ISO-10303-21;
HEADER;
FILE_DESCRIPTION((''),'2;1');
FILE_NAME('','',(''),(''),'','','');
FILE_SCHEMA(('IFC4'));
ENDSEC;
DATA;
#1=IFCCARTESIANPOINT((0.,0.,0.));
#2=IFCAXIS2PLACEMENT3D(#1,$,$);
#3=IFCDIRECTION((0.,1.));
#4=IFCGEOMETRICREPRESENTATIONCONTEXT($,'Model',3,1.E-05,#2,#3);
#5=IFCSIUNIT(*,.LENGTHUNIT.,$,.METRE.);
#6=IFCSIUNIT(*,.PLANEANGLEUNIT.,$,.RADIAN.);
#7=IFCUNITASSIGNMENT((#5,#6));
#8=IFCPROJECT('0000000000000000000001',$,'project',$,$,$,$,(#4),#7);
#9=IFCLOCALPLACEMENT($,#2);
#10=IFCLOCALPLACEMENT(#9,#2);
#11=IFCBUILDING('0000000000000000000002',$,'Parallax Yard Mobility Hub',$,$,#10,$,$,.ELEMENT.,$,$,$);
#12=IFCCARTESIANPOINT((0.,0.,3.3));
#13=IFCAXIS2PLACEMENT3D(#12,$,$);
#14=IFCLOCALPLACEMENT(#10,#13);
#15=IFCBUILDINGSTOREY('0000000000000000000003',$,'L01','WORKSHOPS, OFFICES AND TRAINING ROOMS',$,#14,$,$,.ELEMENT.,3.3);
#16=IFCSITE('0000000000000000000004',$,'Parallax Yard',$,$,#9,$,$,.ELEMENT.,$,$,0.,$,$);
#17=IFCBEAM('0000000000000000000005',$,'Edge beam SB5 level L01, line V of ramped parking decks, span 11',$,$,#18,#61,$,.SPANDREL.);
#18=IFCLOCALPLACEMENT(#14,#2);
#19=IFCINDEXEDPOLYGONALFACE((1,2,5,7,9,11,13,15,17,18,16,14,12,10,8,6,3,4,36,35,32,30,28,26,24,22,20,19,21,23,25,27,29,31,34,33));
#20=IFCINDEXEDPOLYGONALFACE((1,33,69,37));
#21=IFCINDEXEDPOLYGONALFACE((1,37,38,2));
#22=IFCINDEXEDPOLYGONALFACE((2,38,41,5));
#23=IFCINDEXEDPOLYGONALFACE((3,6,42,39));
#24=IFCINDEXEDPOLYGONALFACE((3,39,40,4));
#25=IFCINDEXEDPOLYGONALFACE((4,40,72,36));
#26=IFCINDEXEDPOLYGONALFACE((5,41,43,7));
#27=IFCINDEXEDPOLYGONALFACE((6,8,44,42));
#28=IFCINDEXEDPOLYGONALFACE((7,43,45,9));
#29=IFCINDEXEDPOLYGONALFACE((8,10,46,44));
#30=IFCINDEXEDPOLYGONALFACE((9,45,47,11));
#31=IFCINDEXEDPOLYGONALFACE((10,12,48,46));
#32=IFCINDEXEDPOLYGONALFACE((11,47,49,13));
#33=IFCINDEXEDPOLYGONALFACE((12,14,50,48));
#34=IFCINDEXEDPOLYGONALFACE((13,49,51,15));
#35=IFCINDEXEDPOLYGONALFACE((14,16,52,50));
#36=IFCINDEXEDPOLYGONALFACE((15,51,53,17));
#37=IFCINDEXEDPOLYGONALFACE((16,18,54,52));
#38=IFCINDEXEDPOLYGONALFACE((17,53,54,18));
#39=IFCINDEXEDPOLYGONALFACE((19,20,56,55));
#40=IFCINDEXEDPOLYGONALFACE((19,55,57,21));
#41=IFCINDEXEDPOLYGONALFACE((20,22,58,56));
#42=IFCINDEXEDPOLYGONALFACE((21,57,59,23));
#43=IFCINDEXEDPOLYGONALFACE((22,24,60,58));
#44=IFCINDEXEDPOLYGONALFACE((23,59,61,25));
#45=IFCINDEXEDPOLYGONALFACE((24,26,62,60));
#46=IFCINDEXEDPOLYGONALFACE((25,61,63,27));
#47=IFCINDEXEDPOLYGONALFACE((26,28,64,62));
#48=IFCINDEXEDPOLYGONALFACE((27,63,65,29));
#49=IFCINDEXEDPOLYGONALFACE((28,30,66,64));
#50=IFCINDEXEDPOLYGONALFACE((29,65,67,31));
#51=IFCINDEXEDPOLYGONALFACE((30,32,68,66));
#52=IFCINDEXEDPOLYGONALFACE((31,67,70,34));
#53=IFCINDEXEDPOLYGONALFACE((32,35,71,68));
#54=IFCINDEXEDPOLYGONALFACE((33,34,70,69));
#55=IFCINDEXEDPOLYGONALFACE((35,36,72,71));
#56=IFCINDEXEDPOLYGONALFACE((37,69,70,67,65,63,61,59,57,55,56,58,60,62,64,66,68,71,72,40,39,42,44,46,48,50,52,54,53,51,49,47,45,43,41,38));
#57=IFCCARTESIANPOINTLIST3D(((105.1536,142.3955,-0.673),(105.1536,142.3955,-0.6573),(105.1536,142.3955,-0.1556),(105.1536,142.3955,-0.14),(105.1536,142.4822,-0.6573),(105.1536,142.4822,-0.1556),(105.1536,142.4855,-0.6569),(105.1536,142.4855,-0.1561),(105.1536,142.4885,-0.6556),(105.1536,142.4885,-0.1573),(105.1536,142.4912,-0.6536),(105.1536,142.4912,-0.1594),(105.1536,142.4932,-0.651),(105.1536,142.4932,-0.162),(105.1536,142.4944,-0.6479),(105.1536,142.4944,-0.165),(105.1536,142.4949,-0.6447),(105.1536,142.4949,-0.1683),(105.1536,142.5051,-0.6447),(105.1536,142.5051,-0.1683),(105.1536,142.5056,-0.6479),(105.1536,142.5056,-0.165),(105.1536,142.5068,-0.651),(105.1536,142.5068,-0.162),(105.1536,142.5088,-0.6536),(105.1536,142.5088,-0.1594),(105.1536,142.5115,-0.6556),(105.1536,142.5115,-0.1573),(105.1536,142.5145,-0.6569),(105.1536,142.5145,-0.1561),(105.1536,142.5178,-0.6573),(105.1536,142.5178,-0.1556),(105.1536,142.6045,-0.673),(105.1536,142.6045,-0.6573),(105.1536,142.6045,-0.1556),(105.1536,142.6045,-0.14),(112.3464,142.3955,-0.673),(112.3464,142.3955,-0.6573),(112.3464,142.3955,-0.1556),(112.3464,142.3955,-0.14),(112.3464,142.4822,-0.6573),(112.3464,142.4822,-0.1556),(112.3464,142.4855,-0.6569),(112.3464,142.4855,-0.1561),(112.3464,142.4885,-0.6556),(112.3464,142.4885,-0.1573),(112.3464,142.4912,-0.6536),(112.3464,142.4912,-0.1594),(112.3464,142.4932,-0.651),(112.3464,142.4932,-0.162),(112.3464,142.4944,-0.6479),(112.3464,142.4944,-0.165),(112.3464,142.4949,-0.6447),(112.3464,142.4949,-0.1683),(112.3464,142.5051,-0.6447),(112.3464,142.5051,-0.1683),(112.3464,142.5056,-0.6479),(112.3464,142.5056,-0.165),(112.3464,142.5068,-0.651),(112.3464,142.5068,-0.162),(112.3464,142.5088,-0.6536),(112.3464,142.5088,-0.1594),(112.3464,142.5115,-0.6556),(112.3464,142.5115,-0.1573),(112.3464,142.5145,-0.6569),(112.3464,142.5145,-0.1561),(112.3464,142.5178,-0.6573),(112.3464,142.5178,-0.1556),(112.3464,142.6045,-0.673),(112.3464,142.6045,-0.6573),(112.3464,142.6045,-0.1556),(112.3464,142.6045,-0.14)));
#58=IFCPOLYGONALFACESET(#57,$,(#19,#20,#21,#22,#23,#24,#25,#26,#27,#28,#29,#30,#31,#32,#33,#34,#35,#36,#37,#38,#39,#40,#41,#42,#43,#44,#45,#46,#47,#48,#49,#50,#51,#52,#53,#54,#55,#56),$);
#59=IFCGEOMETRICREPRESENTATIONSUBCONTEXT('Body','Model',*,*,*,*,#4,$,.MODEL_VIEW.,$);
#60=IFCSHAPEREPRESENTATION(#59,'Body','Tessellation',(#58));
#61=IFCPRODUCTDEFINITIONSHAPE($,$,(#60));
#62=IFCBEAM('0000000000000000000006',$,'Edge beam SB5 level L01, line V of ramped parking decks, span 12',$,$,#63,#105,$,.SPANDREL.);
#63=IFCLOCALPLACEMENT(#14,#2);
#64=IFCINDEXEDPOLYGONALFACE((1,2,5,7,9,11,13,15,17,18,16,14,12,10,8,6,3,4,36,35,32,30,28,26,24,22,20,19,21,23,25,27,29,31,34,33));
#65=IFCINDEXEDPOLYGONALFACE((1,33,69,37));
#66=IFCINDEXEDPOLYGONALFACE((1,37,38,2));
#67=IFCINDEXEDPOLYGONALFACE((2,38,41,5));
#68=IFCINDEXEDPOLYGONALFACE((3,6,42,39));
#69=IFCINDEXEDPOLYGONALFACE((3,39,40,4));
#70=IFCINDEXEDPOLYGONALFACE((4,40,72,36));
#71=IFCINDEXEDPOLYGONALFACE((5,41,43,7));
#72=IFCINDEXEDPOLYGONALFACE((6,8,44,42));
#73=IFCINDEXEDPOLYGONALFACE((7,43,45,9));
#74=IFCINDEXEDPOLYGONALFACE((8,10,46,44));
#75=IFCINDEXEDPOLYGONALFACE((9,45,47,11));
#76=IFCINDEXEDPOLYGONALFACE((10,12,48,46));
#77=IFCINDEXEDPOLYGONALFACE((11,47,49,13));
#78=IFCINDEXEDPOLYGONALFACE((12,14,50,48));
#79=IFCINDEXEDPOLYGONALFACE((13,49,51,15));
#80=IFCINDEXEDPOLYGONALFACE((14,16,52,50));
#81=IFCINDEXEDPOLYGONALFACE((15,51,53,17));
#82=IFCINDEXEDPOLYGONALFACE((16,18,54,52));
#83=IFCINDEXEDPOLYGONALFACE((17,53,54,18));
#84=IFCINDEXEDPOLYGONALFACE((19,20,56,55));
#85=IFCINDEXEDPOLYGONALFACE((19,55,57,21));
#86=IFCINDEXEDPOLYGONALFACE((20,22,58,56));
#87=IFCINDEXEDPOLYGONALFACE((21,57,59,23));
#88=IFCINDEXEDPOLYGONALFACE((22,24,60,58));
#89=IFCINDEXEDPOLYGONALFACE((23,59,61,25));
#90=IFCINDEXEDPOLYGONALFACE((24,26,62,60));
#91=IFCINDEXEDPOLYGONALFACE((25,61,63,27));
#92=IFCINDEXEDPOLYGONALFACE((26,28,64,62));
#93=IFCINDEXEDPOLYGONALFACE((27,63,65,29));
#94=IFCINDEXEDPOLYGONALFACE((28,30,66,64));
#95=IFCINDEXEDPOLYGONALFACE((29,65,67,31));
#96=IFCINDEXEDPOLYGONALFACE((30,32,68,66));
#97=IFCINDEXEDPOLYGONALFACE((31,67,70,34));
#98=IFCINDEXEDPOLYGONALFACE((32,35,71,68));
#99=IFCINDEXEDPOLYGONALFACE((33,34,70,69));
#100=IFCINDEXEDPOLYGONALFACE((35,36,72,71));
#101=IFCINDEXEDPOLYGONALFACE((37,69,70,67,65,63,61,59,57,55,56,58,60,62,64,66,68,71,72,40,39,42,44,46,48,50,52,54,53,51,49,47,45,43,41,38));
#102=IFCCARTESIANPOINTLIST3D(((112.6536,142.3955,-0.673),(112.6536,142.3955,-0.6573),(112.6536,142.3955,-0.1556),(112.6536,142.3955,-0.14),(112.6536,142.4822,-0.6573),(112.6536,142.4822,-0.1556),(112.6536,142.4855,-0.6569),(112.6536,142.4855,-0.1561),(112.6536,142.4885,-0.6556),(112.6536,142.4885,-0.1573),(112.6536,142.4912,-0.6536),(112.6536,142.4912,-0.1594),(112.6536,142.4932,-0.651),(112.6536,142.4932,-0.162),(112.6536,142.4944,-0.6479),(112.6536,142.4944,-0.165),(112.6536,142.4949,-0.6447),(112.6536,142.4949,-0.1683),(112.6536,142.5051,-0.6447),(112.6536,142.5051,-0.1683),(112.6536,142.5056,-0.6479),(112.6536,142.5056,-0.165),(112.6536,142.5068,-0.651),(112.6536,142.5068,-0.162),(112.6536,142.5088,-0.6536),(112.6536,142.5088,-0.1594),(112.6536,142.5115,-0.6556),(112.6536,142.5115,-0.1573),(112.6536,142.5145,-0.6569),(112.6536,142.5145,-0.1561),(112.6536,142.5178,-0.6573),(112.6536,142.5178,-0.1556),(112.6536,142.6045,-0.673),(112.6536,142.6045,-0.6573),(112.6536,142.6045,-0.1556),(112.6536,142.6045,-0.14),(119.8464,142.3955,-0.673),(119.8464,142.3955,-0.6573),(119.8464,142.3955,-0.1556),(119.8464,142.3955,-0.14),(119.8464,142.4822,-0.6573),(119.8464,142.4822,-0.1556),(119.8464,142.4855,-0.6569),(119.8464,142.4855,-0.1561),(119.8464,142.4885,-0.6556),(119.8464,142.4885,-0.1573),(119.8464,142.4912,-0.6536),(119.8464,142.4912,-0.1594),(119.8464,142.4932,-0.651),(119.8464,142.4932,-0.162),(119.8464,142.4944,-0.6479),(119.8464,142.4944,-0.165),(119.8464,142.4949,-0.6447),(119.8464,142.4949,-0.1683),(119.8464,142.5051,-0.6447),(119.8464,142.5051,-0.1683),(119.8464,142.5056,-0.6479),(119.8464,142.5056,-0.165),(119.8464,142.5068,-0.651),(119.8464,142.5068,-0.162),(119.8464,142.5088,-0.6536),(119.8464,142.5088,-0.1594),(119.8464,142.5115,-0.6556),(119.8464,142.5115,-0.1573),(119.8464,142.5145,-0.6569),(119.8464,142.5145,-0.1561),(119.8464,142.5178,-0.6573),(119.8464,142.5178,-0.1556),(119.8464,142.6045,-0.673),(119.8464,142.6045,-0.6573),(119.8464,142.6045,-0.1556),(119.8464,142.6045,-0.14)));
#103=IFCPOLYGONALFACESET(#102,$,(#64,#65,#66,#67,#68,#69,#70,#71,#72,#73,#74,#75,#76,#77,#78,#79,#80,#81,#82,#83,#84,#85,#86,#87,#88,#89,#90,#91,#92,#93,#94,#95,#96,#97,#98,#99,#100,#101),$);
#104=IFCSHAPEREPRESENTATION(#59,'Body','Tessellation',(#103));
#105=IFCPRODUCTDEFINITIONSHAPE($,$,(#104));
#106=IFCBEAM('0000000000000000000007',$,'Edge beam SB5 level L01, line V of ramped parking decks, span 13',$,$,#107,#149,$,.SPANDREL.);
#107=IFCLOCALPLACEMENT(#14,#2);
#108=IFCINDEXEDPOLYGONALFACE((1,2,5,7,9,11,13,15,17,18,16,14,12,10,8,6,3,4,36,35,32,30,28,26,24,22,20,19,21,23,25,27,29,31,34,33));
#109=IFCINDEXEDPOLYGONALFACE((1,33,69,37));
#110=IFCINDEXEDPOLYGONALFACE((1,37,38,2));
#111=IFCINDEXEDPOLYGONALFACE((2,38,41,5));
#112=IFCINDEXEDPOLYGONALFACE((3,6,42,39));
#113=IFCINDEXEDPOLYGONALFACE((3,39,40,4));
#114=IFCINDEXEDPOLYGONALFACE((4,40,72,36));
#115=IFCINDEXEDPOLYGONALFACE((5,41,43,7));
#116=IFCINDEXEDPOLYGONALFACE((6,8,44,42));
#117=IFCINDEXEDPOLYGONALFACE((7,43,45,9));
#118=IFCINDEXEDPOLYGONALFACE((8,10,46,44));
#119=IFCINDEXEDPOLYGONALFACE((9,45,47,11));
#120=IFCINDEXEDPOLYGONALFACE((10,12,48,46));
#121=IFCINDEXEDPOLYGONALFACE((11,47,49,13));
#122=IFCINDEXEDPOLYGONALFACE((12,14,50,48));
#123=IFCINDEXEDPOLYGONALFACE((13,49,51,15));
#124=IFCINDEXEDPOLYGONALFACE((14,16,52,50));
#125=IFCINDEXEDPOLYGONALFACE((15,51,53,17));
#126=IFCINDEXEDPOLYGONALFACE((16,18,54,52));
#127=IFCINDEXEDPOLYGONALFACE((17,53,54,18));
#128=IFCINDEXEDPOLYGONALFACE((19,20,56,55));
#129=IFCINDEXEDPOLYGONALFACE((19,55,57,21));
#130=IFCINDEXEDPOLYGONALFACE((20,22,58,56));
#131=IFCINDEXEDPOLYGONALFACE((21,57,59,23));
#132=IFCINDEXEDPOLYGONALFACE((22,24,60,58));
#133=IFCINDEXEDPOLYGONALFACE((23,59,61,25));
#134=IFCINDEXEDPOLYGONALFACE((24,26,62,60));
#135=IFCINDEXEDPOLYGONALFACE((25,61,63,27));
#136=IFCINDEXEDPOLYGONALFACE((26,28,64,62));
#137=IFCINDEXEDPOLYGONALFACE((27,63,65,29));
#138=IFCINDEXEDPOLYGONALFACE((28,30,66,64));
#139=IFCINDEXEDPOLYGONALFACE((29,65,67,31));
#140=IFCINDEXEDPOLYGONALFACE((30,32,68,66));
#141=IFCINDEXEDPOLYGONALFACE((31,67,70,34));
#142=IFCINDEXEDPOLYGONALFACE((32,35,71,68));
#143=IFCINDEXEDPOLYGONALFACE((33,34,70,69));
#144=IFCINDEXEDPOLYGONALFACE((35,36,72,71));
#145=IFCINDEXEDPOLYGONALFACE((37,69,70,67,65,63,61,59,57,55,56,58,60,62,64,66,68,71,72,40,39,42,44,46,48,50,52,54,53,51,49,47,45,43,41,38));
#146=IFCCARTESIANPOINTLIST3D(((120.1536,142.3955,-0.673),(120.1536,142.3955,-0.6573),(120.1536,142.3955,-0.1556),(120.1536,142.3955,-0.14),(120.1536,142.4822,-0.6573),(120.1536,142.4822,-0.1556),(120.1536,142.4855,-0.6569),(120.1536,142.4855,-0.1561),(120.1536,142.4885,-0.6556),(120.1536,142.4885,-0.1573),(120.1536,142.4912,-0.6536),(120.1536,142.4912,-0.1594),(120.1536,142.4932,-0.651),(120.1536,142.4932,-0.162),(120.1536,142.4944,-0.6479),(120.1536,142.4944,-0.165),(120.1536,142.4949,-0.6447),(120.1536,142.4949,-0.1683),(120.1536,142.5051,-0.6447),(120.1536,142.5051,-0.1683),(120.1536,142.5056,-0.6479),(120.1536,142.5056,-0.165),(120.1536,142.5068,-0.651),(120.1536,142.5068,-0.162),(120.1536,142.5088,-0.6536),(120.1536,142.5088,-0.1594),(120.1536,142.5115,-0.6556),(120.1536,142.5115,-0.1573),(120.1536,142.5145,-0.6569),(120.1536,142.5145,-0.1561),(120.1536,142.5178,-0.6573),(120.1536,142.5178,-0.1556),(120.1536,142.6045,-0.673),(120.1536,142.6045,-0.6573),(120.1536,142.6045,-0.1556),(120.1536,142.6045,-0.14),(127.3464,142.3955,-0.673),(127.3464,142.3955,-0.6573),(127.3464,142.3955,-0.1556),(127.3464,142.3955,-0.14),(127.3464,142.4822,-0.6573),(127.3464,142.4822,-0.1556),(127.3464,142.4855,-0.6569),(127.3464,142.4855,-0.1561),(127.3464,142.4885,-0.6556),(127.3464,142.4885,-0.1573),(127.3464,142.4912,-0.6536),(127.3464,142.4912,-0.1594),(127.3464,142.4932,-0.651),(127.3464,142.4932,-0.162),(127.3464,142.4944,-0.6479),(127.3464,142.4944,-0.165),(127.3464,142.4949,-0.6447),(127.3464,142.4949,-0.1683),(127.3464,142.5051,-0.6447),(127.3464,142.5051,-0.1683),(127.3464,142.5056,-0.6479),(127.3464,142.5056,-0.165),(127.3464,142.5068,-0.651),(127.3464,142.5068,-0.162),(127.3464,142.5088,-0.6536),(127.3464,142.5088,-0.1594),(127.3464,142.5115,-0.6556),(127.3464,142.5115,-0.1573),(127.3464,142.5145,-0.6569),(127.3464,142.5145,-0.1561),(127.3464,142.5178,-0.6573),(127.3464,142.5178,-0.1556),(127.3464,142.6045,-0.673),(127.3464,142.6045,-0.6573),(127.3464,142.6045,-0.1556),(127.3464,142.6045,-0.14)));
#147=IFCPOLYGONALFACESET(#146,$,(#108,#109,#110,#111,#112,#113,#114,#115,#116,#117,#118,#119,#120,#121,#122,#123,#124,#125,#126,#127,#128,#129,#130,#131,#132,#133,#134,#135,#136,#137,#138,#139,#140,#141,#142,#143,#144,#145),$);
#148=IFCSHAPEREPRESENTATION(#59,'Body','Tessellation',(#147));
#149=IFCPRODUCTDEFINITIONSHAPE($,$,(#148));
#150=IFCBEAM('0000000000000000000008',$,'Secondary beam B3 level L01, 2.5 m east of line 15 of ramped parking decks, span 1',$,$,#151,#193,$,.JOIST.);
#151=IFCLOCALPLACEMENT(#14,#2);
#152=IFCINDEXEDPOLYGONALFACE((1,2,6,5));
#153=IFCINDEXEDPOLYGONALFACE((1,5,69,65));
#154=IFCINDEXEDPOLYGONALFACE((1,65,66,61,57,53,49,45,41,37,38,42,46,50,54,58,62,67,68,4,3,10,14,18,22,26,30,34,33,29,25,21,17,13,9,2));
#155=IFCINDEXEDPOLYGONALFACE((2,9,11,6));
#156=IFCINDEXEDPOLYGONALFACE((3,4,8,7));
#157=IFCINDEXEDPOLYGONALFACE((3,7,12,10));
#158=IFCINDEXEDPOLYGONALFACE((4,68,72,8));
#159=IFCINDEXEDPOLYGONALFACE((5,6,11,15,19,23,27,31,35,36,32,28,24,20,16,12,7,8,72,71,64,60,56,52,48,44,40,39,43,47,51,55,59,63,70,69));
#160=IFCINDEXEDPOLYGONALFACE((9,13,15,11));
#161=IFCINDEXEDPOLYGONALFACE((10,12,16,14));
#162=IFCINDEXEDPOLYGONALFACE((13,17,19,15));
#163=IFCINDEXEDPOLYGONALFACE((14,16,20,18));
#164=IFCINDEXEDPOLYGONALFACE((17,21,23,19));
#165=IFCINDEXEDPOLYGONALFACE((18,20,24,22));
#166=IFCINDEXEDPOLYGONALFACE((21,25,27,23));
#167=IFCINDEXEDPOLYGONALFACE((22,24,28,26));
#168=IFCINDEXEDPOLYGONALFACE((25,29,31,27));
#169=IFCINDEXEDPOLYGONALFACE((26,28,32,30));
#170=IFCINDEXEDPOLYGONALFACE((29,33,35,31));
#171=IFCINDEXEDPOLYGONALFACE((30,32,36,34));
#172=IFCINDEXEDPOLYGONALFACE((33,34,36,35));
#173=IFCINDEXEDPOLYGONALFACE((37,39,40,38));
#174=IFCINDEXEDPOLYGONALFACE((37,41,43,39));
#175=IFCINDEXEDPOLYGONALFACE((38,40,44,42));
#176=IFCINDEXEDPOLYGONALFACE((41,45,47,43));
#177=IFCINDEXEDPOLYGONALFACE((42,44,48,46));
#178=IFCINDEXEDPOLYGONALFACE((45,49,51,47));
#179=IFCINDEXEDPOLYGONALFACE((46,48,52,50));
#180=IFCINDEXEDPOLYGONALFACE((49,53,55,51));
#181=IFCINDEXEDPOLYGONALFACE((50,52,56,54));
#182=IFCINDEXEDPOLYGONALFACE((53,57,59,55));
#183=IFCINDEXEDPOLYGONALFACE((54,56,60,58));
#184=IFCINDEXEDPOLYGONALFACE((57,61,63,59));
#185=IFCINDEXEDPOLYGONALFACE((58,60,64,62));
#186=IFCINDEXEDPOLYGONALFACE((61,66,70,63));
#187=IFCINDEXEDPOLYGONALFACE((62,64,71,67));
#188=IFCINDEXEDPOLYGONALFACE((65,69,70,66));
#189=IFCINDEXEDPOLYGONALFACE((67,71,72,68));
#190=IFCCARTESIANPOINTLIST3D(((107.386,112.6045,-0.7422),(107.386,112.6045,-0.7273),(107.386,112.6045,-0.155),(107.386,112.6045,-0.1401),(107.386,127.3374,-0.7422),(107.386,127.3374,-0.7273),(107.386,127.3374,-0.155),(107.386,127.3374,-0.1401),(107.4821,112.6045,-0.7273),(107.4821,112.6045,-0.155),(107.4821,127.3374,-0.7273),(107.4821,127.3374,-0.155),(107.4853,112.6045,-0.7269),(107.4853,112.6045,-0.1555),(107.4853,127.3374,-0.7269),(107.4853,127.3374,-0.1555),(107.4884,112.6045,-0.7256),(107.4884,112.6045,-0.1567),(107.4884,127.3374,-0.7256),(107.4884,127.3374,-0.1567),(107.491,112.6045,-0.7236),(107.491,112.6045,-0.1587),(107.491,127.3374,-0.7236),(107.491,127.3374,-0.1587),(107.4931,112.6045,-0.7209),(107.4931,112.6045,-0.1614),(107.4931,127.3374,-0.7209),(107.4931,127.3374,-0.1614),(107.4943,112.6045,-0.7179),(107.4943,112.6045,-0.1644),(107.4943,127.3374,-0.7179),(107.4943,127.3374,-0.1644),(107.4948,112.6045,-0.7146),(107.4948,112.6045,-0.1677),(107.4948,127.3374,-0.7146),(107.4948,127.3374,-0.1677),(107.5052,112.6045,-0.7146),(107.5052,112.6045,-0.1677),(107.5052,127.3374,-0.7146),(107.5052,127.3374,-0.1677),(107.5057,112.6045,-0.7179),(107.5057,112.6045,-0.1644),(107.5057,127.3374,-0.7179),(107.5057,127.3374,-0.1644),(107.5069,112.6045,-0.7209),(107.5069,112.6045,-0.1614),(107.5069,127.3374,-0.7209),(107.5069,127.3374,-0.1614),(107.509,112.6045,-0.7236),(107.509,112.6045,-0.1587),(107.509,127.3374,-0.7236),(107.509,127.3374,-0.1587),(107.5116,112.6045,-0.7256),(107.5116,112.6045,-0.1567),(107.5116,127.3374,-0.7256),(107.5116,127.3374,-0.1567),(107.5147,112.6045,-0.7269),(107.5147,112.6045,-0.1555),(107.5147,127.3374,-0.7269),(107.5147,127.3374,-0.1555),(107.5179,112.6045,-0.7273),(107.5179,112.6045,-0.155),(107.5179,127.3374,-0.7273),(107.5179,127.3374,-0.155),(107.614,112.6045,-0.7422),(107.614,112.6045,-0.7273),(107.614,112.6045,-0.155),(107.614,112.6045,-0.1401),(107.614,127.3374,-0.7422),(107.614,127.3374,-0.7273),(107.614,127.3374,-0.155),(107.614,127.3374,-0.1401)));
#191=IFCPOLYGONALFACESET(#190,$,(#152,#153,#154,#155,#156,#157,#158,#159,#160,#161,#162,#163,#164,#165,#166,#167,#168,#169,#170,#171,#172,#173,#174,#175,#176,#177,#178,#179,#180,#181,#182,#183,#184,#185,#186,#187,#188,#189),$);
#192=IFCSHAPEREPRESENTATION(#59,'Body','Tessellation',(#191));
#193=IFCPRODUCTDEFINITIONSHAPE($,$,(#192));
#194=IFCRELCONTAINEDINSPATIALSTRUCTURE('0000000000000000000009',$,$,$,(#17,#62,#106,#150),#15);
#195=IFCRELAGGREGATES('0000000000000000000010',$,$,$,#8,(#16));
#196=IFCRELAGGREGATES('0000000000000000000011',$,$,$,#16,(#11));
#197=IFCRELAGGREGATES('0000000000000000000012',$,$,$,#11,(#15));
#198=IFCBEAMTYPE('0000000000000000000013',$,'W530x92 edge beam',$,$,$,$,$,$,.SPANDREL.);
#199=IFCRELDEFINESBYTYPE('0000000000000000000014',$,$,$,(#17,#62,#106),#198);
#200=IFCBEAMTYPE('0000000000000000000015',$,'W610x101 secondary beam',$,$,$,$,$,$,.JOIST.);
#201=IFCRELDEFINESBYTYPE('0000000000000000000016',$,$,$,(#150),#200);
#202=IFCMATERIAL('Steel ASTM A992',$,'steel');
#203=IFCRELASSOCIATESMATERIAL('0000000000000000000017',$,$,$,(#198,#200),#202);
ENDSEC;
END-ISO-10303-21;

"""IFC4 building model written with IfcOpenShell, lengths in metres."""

from ifc_helpers import new_model, si_unit, direction, frame, origin, origin_2d, place, context, subcontext, project, spatial, i_section, extrude, material, material_profile, profile_set, type_object, element, save


model = new_model("IFC4")

# Units and contexts
model_context = context("Model", 3, precision=1e-05, world=origin(), true_north=direction((0.0, 1.0)))
body_context = subcontext(model_context, "Body", "Model", "MODEL_VIEW")
ifc_project = project(units=[si_unit("LENGTHUNIT", "METRE"), si_unit("PLANEANGLEUNIT", "RADIAN")], contexts=[model_context])

# Site, building, storey
site_placement = place(None, origin())
site = spatial("IfcSite", under=ifc_project, at=site_placement, Name="Parallax Yard", CompositionType="ELEMENT", RefElevation=0.0)
building_placement = place(site_placement, origin())
building = spatial("IfcBuilding", under=site, at=building_placement, Name="Parallax Yard Mobility Hub", CompositionType="ELEMENT")
storey_placement = place(building_placement, frame((0.0, 0.0, 3.3)))
storey = spatial("IfcBuildingStorey", under=building, at=storey_placement, Name="L01", Description="WORKSHOPS, OFFICES AND TRAINING ROOMS", CompositionType="ELEMENT", Elevation=3.3)

# Shared definitions
ifc_material_1 = material(Name="Steel ASTM A992", Category="steel")

# Beams
ifc_material_profile_1 = material_profile(ifc_material_1, i_section(OverallWidth=0.209, OverallDepth=0.533, WebThickness=0.0103, FlangeThickness=0.0156, FilletRadius=0.0127, at=origin_2d()), Name="W530x92")
ifc_profile_set_1 = profile_set([ifc_material_profile_1], Name="Steel ASTM A992")
beam_type_1 = type_object("IfcBeamType", Name="W530x92 edge beam", PredefinedType="SPANDREL", material=ifc_profile_set_1)
for number, where, z_axis, x_axis, name in (
    (1, (105.1536, 142.5, -0.4065), (1.0, 0.0, 0.0), (0.0, 1.0, 0.0), "Edge beam SB5 level L01, line V of ramped parking decks, span 11"),
    (2, (112.6536, 142.5, -0.4065), (1.0, 0.0, 0.0), (0.0, 1.0, 0.0), "Edge beam SB5 level L01, line V of ramped parking decks, span 12"),
    (3, (120.1536, 142.5, -0.4065), (1.0, 0.0, 0.0), (0.0, 1.0, 0.0), "Edge beam SB5 level L01, line V of ramped parking decks, span 13"),
):
    element("IfcBeam", number, at=place(storey_placement, frame(where, z_axis=z_axis, x_axis=x_axis)), inside=storey, type_object=beam_type_1, Name=name, PredefinedType="SPANDREL", context=body_context, shape_type="SweptSolid", body=[
        extrude(i_section(OverallWidth=0.209, OverallDepth=0.533, WebThickness=0.0103, FlangeThickness=0.0156, FilletRadius=0.0127, at=origin_2d()), origin(), (0.0, 0.0, 1.0), 7.1929),
    ])
ifc_material_profile_2 = material_profile(ifc_material_1, i_section(OverallWidth=0.228, OverallDepth=0.6021, WebThickness=0.0105, FlangeThickness=0.0149, FilletRadius=0.0127, at=origin_2d()), Name="W610x101")
ifc_profile_set_2 = profile_set([ifc_material_profile_2], Name="Steel ASTM A992")
beam_type_2 = type_object("IfcBeamType", Name="W610x101 secondary beam", PredefinedType="JOIST", material=ifc_profile_set_2)
for number, where, z_axis, x_axis, name in (
    (4, (107.5, 112.6045, -0.4412), (0.0, 1.0, 0.0), (-1.0, 0.0, 0.0), "Secondary beam B3 level L01, 2.5 m east of line 15 of ramped parking decks, span 1"),
):
    element("IfcBeam", number, at=place(storey_placement, frame(where, z_axis=z_axis, x_axis=x_axis)), inside=storey, type_object=beam_type_2, Name=name, PredefinedType="JOIST", context=body_context, shape_type="SweptSolid", body=[
        extrude(i_section(OverallWidth=0.228, OverallDepth=0.6021, WebThickness=0.0105, FlangeThickness=0.0149, FilletRadius=0.0127, at=origin_2d()), origin(), (0.0, 0.0, 1.0), 14.7329),
    ])

save(model, "model.ifc")
